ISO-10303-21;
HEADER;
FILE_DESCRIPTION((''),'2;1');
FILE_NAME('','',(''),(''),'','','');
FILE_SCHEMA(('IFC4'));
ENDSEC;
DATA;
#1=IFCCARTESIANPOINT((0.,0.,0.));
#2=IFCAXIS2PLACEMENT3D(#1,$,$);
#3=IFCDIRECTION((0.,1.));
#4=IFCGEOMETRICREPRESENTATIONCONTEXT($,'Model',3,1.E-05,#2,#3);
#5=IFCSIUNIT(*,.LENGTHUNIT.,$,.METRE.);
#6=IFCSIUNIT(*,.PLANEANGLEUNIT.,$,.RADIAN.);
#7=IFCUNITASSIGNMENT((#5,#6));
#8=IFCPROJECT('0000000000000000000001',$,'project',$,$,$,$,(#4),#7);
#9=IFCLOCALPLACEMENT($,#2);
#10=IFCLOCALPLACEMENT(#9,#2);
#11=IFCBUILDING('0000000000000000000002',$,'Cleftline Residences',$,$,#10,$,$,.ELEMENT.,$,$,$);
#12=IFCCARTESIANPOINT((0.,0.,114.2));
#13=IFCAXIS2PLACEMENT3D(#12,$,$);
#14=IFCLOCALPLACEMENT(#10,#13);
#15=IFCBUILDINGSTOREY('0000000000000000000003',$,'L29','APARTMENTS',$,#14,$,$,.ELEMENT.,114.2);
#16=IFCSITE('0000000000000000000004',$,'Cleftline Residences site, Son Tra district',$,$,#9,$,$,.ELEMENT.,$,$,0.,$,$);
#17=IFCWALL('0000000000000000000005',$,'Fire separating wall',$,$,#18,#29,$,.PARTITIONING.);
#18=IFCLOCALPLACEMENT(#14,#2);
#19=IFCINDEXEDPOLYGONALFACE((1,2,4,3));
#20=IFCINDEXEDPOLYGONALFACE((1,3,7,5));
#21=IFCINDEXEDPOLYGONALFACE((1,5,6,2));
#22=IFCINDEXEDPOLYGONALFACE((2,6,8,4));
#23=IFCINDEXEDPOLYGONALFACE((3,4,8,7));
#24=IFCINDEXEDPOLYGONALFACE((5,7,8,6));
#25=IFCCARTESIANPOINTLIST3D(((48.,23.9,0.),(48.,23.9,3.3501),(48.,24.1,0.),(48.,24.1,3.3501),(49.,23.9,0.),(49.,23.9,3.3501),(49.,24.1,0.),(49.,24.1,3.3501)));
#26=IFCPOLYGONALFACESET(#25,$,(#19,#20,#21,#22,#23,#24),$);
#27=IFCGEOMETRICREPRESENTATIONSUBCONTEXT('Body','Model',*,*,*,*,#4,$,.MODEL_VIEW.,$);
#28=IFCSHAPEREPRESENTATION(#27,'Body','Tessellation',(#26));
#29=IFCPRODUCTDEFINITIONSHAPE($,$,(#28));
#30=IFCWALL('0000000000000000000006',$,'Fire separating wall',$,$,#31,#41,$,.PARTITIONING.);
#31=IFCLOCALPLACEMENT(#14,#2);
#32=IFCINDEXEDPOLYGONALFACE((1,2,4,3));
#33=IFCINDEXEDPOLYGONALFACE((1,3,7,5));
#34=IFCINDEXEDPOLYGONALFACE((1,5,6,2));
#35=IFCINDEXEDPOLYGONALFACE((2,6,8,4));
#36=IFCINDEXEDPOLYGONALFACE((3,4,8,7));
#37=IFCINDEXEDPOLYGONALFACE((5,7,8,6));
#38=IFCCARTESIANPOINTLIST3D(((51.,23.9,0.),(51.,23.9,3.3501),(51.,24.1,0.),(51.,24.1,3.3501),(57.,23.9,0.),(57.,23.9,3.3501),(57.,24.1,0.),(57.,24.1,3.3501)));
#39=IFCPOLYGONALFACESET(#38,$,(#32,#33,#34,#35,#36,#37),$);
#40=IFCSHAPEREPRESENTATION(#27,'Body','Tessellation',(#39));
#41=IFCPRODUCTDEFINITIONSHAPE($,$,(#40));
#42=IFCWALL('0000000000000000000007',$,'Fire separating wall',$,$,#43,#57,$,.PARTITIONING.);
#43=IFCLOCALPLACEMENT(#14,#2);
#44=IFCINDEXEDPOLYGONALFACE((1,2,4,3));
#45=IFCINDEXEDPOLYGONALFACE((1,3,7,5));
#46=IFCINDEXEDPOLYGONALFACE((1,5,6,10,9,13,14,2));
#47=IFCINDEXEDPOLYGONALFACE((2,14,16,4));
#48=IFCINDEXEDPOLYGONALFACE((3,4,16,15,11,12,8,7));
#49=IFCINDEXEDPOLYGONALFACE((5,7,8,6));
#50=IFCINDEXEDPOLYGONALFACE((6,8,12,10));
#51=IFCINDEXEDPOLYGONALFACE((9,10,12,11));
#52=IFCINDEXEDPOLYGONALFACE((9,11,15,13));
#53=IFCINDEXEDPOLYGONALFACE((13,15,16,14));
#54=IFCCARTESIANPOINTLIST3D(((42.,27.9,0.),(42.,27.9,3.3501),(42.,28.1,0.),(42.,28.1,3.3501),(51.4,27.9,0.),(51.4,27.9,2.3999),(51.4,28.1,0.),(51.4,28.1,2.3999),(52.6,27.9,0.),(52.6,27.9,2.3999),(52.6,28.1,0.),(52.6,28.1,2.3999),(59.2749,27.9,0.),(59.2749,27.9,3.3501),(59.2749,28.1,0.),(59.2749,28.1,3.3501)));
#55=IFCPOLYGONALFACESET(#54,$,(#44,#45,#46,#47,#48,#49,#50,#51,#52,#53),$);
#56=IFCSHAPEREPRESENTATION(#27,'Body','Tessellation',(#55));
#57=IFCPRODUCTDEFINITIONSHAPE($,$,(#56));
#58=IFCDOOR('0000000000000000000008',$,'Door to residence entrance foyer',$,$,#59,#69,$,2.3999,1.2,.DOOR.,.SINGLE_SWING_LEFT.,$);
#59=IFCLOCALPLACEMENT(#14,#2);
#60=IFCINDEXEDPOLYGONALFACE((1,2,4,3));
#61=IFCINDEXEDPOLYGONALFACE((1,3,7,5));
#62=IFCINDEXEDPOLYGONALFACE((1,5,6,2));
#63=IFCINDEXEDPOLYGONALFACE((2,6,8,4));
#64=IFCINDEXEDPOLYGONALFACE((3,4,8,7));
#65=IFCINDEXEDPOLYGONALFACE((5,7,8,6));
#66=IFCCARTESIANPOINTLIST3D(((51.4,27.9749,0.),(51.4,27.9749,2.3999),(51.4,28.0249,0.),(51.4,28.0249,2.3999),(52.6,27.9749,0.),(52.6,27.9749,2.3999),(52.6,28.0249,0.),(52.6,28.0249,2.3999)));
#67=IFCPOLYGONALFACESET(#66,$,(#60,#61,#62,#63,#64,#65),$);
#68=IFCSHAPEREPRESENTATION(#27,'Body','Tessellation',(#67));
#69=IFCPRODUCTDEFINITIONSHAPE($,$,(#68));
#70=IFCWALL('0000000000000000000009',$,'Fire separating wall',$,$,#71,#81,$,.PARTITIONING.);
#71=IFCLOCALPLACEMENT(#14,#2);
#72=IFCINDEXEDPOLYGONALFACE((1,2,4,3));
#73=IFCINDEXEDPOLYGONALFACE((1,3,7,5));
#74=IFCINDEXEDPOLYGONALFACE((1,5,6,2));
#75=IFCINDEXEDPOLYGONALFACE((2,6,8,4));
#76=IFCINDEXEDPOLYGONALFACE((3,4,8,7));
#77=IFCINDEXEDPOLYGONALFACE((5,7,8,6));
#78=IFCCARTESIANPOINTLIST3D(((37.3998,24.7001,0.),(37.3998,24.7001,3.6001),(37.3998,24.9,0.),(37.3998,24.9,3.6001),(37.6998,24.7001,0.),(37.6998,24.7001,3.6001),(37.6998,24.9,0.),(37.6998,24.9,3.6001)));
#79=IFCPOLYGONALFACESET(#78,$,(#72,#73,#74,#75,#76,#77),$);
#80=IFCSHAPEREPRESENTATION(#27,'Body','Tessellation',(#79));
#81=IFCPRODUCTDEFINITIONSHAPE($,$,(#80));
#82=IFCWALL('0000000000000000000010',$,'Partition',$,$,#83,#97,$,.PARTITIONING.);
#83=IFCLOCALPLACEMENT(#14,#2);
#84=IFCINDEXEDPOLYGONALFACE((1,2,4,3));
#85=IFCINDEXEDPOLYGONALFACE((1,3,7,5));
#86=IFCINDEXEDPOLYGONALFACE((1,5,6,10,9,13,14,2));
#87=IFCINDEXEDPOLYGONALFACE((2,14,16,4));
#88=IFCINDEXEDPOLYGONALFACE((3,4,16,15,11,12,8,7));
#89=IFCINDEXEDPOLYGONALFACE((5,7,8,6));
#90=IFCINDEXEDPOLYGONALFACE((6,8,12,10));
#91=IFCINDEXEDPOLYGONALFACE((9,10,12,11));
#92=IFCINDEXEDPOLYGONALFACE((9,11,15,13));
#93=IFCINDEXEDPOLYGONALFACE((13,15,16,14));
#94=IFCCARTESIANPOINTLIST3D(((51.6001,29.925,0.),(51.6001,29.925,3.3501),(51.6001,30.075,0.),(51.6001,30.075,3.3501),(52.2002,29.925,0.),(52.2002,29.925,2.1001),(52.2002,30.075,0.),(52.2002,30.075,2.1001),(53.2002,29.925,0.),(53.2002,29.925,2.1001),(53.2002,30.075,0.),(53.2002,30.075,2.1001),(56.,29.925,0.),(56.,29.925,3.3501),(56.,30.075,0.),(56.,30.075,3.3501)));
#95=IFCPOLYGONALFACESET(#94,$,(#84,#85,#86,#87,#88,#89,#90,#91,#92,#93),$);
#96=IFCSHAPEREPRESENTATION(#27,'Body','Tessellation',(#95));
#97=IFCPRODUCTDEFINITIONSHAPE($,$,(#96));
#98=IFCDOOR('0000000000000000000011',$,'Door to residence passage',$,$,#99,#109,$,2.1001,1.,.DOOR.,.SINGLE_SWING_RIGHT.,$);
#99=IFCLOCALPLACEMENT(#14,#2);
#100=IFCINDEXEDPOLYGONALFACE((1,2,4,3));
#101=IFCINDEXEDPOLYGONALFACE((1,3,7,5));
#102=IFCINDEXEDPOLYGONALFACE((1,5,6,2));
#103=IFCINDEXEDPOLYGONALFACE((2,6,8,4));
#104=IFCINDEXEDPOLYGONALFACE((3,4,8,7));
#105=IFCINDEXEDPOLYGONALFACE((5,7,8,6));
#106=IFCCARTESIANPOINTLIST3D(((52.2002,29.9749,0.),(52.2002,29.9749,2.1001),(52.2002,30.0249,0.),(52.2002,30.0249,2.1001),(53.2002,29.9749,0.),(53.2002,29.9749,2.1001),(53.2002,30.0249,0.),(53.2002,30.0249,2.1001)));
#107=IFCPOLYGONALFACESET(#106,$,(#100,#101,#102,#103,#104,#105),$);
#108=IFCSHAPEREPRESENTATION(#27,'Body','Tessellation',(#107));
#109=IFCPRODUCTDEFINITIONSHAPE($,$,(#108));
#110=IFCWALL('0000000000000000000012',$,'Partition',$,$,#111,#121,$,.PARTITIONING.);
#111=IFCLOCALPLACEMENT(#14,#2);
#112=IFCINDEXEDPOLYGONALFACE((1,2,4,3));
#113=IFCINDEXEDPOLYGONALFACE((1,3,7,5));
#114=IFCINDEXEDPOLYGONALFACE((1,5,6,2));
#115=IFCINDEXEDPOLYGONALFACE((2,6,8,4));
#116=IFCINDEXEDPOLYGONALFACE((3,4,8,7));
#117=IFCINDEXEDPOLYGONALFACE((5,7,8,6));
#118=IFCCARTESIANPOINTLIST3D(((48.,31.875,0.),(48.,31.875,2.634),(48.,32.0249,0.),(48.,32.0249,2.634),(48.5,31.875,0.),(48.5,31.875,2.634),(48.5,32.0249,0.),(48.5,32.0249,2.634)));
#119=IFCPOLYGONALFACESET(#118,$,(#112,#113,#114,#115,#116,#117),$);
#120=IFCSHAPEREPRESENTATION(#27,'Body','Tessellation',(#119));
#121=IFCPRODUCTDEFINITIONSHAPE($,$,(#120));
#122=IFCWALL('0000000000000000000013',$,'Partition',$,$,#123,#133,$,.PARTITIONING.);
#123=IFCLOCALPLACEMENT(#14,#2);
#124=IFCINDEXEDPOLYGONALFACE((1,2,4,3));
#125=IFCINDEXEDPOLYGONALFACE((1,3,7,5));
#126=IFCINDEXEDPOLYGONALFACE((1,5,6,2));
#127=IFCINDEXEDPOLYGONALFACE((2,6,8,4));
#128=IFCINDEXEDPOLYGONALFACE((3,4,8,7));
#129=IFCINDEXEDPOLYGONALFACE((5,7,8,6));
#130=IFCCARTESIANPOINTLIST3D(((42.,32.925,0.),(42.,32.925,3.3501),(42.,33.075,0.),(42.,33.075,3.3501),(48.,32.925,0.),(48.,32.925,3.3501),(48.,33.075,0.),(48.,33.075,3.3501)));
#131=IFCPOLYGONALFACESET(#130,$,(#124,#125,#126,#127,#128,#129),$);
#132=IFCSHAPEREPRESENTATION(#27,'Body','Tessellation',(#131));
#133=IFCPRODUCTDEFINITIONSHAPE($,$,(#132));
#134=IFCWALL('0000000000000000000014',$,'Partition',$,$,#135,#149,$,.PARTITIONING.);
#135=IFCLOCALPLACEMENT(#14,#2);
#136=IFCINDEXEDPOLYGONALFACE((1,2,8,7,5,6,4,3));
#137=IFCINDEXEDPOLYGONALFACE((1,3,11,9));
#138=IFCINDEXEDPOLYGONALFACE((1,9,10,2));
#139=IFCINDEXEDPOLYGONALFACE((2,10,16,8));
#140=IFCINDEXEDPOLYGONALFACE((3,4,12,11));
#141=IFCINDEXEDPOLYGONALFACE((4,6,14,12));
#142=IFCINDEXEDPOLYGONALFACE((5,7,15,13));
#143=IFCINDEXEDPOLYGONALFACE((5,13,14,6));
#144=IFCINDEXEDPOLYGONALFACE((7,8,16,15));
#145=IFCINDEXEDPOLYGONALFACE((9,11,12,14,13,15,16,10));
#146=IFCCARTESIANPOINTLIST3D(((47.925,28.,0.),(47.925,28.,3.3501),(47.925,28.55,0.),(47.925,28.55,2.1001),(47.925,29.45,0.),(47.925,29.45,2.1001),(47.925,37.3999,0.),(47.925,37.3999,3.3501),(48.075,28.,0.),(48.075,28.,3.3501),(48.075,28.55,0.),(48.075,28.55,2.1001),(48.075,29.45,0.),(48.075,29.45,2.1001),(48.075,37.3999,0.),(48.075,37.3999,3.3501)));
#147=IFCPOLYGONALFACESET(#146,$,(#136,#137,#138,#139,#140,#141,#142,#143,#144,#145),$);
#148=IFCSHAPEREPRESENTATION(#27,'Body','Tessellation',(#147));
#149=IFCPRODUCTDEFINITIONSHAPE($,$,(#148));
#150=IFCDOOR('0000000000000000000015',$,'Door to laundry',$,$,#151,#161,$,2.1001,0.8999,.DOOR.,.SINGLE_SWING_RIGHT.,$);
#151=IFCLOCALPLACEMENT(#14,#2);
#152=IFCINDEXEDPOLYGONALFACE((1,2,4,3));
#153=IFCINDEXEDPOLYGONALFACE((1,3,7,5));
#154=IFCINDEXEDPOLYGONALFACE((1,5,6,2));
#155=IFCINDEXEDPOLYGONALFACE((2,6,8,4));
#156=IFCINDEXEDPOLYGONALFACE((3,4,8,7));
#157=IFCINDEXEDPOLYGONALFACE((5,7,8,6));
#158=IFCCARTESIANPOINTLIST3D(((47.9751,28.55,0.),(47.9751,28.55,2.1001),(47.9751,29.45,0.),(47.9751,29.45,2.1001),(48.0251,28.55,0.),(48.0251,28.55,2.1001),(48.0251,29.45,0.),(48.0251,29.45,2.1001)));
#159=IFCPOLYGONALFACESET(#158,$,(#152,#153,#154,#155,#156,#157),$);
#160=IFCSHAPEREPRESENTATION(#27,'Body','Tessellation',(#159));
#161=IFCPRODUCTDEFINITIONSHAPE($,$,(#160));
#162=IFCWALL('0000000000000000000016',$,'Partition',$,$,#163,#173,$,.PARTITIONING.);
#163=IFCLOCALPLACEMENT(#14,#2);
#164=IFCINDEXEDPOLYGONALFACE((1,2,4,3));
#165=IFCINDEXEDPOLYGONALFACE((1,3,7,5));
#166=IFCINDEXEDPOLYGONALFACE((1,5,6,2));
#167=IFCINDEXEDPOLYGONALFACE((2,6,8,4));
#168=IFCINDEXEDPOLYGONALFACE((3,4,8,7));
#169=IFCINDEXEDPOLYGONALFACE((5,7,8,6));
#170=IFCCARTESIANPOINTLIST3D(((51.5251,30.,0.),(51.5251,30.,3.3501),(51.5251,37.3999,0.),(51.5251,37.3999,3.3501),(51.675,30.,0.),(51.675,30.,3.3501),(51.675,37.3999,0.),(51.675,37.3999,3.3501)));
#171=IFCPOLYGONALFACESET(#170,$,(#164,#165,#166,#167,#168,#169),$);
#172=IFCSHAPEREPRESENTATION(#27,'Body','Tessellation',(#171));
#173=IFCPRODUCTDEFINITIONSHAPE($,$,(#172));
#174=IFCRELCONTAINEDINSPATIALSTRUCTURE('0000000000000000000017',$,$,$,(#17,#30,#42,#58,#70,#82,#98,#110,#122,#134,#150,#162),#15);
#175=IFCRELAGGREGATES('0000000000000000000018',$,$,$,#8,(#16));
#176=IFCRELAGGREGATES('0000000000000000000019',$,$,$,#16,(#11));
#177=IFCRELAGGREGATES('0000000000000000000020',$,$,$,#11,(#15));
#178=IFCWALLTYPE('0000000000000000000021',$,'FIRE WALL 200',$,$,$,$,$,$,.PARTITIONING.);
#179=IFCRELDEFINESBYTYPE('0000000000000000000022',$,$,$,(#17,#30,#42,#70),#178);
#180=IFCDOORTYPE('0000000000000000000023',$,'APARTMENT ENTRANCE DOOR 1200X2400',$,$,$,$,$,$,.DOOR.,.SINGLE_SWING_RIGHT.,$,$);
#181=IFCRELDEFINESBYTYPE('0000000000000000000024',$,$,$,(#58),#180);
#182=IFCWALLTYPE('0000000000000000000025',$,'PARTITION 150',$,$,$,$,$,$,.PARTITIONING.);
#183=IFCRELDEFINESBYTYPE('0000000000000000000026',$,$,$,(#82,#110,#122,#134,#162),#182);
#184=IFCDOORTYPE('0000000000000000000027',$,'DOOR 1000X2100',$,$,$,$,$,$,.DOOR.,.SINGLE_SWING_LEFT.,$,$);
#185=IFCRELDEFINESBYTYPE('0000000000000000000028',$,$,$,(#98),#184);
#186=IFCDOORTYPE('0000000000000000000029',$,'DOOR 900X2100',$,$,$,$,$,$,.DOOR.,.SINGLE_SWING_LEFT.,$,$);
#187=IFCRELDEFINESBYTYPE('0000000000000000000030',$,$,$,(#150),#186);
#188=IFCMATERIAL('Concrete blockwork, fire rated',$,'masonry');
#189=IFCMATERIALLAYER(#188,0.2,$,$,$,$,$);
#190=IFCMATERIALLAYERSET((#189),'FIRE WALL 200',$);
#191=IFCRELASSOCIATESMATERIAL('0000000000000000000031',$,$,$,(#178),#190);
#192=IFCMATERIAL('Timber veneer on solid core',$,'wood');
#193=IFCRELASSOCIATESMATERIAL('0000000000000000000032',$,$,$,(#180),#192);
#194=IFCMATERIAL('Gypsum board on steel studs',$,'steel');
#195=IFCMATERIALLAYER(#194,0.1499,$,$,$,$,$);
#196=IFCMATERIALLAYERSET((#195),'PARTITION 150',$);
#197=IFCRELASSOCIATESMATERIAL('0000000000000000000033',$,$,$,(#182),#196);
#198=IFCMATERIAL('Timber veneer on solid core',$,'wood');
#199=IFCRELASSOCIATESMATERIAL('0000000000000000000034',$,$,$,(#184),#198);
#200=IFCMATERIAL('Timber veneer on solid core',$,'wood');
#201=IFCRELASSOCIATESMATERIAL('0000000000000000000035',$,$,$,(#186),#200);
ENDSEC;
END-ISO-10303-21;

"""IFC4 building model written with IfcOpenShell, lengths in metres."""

from ifc_helpers import new_model, si_unit, direction, frame, frame_2d, origin, place, context, subcontext, project, spatial, rectangle, extrude, material, layer, layer_set, type_object, element, fill, save


model = new_model("IFC4")

# Units and contexts
model_context = context("Model", 3, precision=1e-05, world=origin(), true_north=direction((0.0, 1.0)))
body_context = subcontext(model_context, "Body", "Model", "MODEL_VIEW")
ifc_project = project(units=[si_unit("LENGTHUNIT", "METRE"), si_unit("PLANEANGLEUNIT", "RADIAN")], contexts=[model_context])

# Site, building, storey
site_placement = place(None, origin())
site = spatial("IfcSite", under=ifc_project, at=site_placement, Name="Cleftline Residences site, Son Tra district", CompositionType="ELEMENT", RefElevation=0.0)
building_placement = place(site_placement, origin())
building = spatial("IfcBuilding", under=site, at=building_placement, Name="Cleftline Residences", CompositionType="ELEMENT")
storey_placement = place(building_placement, frame((0.0, 0.0, 114.2)))
storey = spatial("IfcBuildingStorey", under=building, at=storey_placement, Name="L29", Description="APARTMENTS", CompositionType="ELEMENT", Elevation=114.2)

# Walls
ifc_material_1 = material(Name="Concrete blockwork, fire rated", Category="masonry")
ifc_layer_1 = layer(ifc_material_1, 0.2)
ifc_layer_set_1 = layer_set([ifc_layer_1], Name="FIRE WALL 200")
wall_type_1 = type_object("IfcWallType", Name="FIRE WALL 200", PredefinedType="PARTITIONING", material=ifc_layer_set_1)
wall_1_placement = place(storey_placement, frame((48.0, 24.0, 0.0), z_axis=(0.0, 0.0, 1.0), x_axis=(1.0, 0.0, 0.0)))
element("IfcWall", 1, at=wall_1_placement, inside=storey, type_object=wall_type_1, Name="Fire separating wall", PredefinedType="PARTITIONING", context=body_context, shape_type="SweptSolid", body=[
    extrude(rectangle(XDim=1.0, YDim=0.2, at=frame_2d((0.5, 0.0))), origin(), (0.0, 0.0, 1.0), 3.3501),
])
wall_2_placement = place(storey_placement, frame((51.0, 24.0, 0.0), z_axis=(0.0, 0.0, 1.0), x_axis=(1.0, 0.0, 0.0)))
element("IfcWall", 2, at=wall_2_placement, inside=storey, type_object=wall_type_1, Name="Fire separating wall", PredefinedType="PARTITIONING", context=body_context, shape_type="SweptSolid", body=[
    extrude(rectangle(XDim=6.0, YDim=0.2, at=frame_2d((3.0, 0.0))), origin(), (0.0, 0.0, 1.0), 3.3501),
])

# Wall, opening, door
wall_3_placement = place(storey_placement, frame((42.0, 28.0, 0.0), z_axis=(0.0, 0.0, 1.0), x_axis=(1.0, 0.0, 0.0)))
wall_3 = element("IfcWall", 3, at=wall_3_placement, inside=storey, type_object=wall_type_1, Name="Fire separating wall", PredefinedType="PARTITIONING", context=body_context, shape_type="SweptSolid", body=[
    extrude(rectangle(XDim=17.2749, YDim=0.2, at=frame_2d((8.6375, 0.0))), origin(), (0.0, 0.0, 1.0), 3.3501),
])
opening_1_placement = place(wall_3_placement, frame((9.3999, 0.0, 0.0)))
opening_1 = element("IfcOpeningElement", 4, at=opening_1_placement, cuts=wall_3, PredefinedType="OPENING", context=body_context, shape_type="SweptSolid", body=[
    extrude(rectangle(XDim=1.2, YDim=2.3999, at=frame_2d((0.6001, 1.2))), frame((0.0, 0.1099, 0.0), z_axis=(0.0, -1.0, 0.0), x_axis=(1.0, 0.0, 0.0)), (0.0, 0.0, 1.0), 0.22),
])
ifc_material_2 = material(Name="Timber veneer on solid core", Category="wood")
door_type_1 = type_object("IfcDoorType", Name="APARTMENT ENTRANCE DOOR 1200X2400", OperationType="SINGLE_SWING_RIGHT", PredefinedType="DOOR", material=ifc_material_2)
door_1_placement = place(opening_1_placement, origin())
door_1 = element("IfcDoor", 5, at=door_1_placement, inside=storey, type_object=door_type_1, Name="Door to residence entrance foyer", OperationType="SINGLE_SWING_LEFT", OverallHeight=2.3999, OverallWidth=1.2, PredefinedType="DOOR", context=body_context, shape_type="SweptSolid", body=[
    extrude(rectangle(XDim=1.2, YDim=2.3999, at=frame_2d((0.6001, 1.2))), frame((0.0, 0.0249, 0.0), z_axis=(0.0, -1.0, 0.0), x_axis=(1.0, 0.0, 0.0)), (0.0, 0.0, 1.0), 0.05),
])
fill(opening_1, door_1)

# Wall
wall_4_placement = place(storey_placement, frame((37.3999, 24.8, 0.0), z_axis=(0.0, 0.0, 1.0), x_axis=(1.0, 0.0, 0.0)))
element("IfcWall", 6, at=wall_4_placement, inside=storey, type_object=wall_type_1, Name="Fire separating wall", PredefinedType="PARTITIONING", context=body_context, shape_type="SweptSolid", body=[
    extrude(rectangle(XDim=0.3, YDim=0.2, at=frame_2d((0.1499, 0.0))), origin(), (0.0, 0.0, 1.0), 3.6001),
])

# Wall, opening, door
ifc_material_3 = material(Name="Gypsum board on steel studs", Category="steel")
ifc_layer_2 = layer(ifc_material_3, 0.1499)
ifc_layer_set_2 = layer_set([ifc_layer_2], Name="PARTITION 150")
wall_type_2 = type_object("IfcWallType", Name="PARTITION 150", PredefinedType="PARTITIONING", material=ifc_layer_set_2)
wall_5_placement = place(storey_placement, frame((51.6001, 30.0, 0.0), z_axis=(0.0, 0.0, 1.0), x_axis=(1.0, 0.0, 0.0)))
wall_5 = element("IfcWall", 7, at=wall_5_placement, inside=storey, type_object=wall_type_2, Name="Partition", PredefinedType="PARTITIONING", context=body_context, shape_type="SweptSolid", body=[
    extrude(rectangle(XDim=4.3999, YDim=0.1499, at=frame_2d((2.2, 0.0))), origin(), (0.0, 0.0, 1.0), 3.3501),
])
opening_2_placement = place(wall_5_placement, frame((0.6001, 0.0, 0.0)))
opening_2 = element("IfcOpeningElement", 8, at=opening_2_placement, cuts=wall_5, PredefinedType="OPENING", context=body_context, shape_type="SweptSolid", body=[
    extrude(rectangle(XDim=1.0, YDim=2.1001, at=frame_2d((0.5, 1.05))), frame((0.0, 0.085, 0.0), z_axis=(0.0, -1.0, 0.0), x_axis=(1.0, 0.0, 0.0)), (0.0, 0.0, 1.0), 0.1699),
])
ifc_material_4 = material(Name="Timber veneer on solid core", Category="wood")
door_type_2 = type_object("IfcDoorType", Name="DOOR 1000X2100", OperationType="SINGLE_SWING_LEFT", PredefinedType="DOOR", material=ifc_material_4)
door_2_placement = place(opening_2_placement, origin())
door_2 = element("IfcDoor", 9, at=door_2_placement, inside=storey, type_object=door_type_2, Name="Door to residence passage", OperationType="SINGLE_SWING_RIGHT", OverallHeight=2.1001, OverallWidth=1.0, PredefinedType="DOOR", context=body_context, shape_type="SweptSolid", body=[
    extrude(rectangle(XDim=1.0, YDim=2.1001, at=frame_2d((0.5, 1.05))), frame((0.0, 0.0249, 0.0), z_axis=(0.0, -1.0, 0.0), x_axis=(1.0, 0.0, 0.0)), (0.0, 0.0, 1.0), 0.05),
])
fill(opening_2, door_2)

# Walls
wall_6_placement = place(storey_placement, frame((48.0, 31.95, 0.0), z_axis=(0.0, 0.0, 1.0), x_axis=(1.0, 0.0, 0.0)))
element("IfcWall", 10, at=wall_6_placement, inside=storey, type_object=wall_type_2, Name="Partition", PredefinedType="PARTITIONING", context=body_context, shape_type="SweptSolid", body=[
    extrude(rectangle(XDim=0.5, YDim=0.1499, at=frame_2d((0.25, 0.0))), origin(), (0.0, 0.0, 1.0), 2.634),
])
wall_7_placement = place(storey_placement, frame((42.0, 33.0, 0.0), z_axis=(0.0, 0.0, 1.0), x_axis=(1.0, 0.0, 0.0)))
element("IfcWall", 11, at=wall_7_placement, inside=storey, type_object=wall_type_2, Name="Partition", PredefinedType="PARTITIONING", context=body_context, shape_type="SweptSolid", body=[
    extrude(rectangle(XDim=6.0, YDim=0.1499, at=frame_2d((3.0, 0.0))), origin(), (0.0, 0.0, 1.0), 3.3501),
])

# Wall, opening, door
wall_8_placement = place(storey_placement, frame((48.0, 28.0, 0.0), z_axis=(0.0, 0.0, 1.0), x_axis=(0.0, 1.0, 0.0)))
wall_8 = element("IfcWall", 12, at=wall_8_placement, inside=storey, type_object=wall_type_2, Name="Partition", PredefinedType="PARTITIONING", context=body_context, shape_type="SweptSolid", body=[
    extrude(rectangle(XDim=9.3999, YDim=0.1499, at=frame_2d((4.7, 0.0))), origin(), (0.0, 0.0, 1.0), 3.3501),
])
opening_3_placement = place(wall_8_placement, frame((0.55, 0.0, 0.0)))
opening_3 = element("IfcOpeningElement", 13, at=opening_3_placement, cuts=wall_8, PredefinedType="OPENING", context=body_context, shape_type="SweptSolid", body=[
    extrude(rectangle(XDim=0.8999, YDim=2.1001, at=frame_2d((0.45, 1.05))), frame((0.0, 0.085, 0.0), z_axis=(0.0, -1.0, 0.0), x_axis=(1.0, 0.0, 0.0)), (0.0, 0.0, 1.0), 0.1699),
])
ifc_material_5 = material(Name="Timber veneer on solid core", Category="wood")
door_type_3 = type_object("IfcDoorType", Name="DOOR 900X2100", OperationType="SINGLE_SWING_LEFT", PredefinedType="DOOR", material=ifc_material_5)
door_3_placement = place(opening_3_placement, origin())
door_3 = element("IfcDoor", 14, at=door_3_placement, inside=storey, type_object=door_type_3, Name="Door to laundry", OperationType="SINGLE_SWING_RIGHT", OverallHeight=2.1001, OverallWidth=0.8999, PredefinedType="DOOR", context=body_context, shape_type="SweptSolid", body=[
    extrude(rectangle(XDim=0.8999, YDim=2.1001, at=frame_2d((0.45, 1.05))), frame((0.0, 0.0249, 0.0), z_axis=(0.0, -1.0, 0.0), x_axis=(1.0, 0.0, 0.0)), (0.0, 0.0, 1.0), 0.05),
])
fill(opening_3, door_3)

# Wall
wall_9_placement = place(storey_placement, frame((51.6001, 30.0, 0.0), z_axis=(0.0, 0.0, 1.0), x_axis=(0.0, 1.0, 0.0)))
element("IfcWall", 15, at=wall_9_placement, inside=storey, type_object=wall_type_2, Name="Partition", PredefinedType="PARTITIONING", context=body_context, shape_type="SweptSolid", body=[
    extrude(rectangle(XDim=7.3999, YDim=0.1499, at=frame_2d((3.7, 0.0))), origin(), (0.0, 0.0, 1.0), 3.3501),
])

save(model, "model.ifc")
